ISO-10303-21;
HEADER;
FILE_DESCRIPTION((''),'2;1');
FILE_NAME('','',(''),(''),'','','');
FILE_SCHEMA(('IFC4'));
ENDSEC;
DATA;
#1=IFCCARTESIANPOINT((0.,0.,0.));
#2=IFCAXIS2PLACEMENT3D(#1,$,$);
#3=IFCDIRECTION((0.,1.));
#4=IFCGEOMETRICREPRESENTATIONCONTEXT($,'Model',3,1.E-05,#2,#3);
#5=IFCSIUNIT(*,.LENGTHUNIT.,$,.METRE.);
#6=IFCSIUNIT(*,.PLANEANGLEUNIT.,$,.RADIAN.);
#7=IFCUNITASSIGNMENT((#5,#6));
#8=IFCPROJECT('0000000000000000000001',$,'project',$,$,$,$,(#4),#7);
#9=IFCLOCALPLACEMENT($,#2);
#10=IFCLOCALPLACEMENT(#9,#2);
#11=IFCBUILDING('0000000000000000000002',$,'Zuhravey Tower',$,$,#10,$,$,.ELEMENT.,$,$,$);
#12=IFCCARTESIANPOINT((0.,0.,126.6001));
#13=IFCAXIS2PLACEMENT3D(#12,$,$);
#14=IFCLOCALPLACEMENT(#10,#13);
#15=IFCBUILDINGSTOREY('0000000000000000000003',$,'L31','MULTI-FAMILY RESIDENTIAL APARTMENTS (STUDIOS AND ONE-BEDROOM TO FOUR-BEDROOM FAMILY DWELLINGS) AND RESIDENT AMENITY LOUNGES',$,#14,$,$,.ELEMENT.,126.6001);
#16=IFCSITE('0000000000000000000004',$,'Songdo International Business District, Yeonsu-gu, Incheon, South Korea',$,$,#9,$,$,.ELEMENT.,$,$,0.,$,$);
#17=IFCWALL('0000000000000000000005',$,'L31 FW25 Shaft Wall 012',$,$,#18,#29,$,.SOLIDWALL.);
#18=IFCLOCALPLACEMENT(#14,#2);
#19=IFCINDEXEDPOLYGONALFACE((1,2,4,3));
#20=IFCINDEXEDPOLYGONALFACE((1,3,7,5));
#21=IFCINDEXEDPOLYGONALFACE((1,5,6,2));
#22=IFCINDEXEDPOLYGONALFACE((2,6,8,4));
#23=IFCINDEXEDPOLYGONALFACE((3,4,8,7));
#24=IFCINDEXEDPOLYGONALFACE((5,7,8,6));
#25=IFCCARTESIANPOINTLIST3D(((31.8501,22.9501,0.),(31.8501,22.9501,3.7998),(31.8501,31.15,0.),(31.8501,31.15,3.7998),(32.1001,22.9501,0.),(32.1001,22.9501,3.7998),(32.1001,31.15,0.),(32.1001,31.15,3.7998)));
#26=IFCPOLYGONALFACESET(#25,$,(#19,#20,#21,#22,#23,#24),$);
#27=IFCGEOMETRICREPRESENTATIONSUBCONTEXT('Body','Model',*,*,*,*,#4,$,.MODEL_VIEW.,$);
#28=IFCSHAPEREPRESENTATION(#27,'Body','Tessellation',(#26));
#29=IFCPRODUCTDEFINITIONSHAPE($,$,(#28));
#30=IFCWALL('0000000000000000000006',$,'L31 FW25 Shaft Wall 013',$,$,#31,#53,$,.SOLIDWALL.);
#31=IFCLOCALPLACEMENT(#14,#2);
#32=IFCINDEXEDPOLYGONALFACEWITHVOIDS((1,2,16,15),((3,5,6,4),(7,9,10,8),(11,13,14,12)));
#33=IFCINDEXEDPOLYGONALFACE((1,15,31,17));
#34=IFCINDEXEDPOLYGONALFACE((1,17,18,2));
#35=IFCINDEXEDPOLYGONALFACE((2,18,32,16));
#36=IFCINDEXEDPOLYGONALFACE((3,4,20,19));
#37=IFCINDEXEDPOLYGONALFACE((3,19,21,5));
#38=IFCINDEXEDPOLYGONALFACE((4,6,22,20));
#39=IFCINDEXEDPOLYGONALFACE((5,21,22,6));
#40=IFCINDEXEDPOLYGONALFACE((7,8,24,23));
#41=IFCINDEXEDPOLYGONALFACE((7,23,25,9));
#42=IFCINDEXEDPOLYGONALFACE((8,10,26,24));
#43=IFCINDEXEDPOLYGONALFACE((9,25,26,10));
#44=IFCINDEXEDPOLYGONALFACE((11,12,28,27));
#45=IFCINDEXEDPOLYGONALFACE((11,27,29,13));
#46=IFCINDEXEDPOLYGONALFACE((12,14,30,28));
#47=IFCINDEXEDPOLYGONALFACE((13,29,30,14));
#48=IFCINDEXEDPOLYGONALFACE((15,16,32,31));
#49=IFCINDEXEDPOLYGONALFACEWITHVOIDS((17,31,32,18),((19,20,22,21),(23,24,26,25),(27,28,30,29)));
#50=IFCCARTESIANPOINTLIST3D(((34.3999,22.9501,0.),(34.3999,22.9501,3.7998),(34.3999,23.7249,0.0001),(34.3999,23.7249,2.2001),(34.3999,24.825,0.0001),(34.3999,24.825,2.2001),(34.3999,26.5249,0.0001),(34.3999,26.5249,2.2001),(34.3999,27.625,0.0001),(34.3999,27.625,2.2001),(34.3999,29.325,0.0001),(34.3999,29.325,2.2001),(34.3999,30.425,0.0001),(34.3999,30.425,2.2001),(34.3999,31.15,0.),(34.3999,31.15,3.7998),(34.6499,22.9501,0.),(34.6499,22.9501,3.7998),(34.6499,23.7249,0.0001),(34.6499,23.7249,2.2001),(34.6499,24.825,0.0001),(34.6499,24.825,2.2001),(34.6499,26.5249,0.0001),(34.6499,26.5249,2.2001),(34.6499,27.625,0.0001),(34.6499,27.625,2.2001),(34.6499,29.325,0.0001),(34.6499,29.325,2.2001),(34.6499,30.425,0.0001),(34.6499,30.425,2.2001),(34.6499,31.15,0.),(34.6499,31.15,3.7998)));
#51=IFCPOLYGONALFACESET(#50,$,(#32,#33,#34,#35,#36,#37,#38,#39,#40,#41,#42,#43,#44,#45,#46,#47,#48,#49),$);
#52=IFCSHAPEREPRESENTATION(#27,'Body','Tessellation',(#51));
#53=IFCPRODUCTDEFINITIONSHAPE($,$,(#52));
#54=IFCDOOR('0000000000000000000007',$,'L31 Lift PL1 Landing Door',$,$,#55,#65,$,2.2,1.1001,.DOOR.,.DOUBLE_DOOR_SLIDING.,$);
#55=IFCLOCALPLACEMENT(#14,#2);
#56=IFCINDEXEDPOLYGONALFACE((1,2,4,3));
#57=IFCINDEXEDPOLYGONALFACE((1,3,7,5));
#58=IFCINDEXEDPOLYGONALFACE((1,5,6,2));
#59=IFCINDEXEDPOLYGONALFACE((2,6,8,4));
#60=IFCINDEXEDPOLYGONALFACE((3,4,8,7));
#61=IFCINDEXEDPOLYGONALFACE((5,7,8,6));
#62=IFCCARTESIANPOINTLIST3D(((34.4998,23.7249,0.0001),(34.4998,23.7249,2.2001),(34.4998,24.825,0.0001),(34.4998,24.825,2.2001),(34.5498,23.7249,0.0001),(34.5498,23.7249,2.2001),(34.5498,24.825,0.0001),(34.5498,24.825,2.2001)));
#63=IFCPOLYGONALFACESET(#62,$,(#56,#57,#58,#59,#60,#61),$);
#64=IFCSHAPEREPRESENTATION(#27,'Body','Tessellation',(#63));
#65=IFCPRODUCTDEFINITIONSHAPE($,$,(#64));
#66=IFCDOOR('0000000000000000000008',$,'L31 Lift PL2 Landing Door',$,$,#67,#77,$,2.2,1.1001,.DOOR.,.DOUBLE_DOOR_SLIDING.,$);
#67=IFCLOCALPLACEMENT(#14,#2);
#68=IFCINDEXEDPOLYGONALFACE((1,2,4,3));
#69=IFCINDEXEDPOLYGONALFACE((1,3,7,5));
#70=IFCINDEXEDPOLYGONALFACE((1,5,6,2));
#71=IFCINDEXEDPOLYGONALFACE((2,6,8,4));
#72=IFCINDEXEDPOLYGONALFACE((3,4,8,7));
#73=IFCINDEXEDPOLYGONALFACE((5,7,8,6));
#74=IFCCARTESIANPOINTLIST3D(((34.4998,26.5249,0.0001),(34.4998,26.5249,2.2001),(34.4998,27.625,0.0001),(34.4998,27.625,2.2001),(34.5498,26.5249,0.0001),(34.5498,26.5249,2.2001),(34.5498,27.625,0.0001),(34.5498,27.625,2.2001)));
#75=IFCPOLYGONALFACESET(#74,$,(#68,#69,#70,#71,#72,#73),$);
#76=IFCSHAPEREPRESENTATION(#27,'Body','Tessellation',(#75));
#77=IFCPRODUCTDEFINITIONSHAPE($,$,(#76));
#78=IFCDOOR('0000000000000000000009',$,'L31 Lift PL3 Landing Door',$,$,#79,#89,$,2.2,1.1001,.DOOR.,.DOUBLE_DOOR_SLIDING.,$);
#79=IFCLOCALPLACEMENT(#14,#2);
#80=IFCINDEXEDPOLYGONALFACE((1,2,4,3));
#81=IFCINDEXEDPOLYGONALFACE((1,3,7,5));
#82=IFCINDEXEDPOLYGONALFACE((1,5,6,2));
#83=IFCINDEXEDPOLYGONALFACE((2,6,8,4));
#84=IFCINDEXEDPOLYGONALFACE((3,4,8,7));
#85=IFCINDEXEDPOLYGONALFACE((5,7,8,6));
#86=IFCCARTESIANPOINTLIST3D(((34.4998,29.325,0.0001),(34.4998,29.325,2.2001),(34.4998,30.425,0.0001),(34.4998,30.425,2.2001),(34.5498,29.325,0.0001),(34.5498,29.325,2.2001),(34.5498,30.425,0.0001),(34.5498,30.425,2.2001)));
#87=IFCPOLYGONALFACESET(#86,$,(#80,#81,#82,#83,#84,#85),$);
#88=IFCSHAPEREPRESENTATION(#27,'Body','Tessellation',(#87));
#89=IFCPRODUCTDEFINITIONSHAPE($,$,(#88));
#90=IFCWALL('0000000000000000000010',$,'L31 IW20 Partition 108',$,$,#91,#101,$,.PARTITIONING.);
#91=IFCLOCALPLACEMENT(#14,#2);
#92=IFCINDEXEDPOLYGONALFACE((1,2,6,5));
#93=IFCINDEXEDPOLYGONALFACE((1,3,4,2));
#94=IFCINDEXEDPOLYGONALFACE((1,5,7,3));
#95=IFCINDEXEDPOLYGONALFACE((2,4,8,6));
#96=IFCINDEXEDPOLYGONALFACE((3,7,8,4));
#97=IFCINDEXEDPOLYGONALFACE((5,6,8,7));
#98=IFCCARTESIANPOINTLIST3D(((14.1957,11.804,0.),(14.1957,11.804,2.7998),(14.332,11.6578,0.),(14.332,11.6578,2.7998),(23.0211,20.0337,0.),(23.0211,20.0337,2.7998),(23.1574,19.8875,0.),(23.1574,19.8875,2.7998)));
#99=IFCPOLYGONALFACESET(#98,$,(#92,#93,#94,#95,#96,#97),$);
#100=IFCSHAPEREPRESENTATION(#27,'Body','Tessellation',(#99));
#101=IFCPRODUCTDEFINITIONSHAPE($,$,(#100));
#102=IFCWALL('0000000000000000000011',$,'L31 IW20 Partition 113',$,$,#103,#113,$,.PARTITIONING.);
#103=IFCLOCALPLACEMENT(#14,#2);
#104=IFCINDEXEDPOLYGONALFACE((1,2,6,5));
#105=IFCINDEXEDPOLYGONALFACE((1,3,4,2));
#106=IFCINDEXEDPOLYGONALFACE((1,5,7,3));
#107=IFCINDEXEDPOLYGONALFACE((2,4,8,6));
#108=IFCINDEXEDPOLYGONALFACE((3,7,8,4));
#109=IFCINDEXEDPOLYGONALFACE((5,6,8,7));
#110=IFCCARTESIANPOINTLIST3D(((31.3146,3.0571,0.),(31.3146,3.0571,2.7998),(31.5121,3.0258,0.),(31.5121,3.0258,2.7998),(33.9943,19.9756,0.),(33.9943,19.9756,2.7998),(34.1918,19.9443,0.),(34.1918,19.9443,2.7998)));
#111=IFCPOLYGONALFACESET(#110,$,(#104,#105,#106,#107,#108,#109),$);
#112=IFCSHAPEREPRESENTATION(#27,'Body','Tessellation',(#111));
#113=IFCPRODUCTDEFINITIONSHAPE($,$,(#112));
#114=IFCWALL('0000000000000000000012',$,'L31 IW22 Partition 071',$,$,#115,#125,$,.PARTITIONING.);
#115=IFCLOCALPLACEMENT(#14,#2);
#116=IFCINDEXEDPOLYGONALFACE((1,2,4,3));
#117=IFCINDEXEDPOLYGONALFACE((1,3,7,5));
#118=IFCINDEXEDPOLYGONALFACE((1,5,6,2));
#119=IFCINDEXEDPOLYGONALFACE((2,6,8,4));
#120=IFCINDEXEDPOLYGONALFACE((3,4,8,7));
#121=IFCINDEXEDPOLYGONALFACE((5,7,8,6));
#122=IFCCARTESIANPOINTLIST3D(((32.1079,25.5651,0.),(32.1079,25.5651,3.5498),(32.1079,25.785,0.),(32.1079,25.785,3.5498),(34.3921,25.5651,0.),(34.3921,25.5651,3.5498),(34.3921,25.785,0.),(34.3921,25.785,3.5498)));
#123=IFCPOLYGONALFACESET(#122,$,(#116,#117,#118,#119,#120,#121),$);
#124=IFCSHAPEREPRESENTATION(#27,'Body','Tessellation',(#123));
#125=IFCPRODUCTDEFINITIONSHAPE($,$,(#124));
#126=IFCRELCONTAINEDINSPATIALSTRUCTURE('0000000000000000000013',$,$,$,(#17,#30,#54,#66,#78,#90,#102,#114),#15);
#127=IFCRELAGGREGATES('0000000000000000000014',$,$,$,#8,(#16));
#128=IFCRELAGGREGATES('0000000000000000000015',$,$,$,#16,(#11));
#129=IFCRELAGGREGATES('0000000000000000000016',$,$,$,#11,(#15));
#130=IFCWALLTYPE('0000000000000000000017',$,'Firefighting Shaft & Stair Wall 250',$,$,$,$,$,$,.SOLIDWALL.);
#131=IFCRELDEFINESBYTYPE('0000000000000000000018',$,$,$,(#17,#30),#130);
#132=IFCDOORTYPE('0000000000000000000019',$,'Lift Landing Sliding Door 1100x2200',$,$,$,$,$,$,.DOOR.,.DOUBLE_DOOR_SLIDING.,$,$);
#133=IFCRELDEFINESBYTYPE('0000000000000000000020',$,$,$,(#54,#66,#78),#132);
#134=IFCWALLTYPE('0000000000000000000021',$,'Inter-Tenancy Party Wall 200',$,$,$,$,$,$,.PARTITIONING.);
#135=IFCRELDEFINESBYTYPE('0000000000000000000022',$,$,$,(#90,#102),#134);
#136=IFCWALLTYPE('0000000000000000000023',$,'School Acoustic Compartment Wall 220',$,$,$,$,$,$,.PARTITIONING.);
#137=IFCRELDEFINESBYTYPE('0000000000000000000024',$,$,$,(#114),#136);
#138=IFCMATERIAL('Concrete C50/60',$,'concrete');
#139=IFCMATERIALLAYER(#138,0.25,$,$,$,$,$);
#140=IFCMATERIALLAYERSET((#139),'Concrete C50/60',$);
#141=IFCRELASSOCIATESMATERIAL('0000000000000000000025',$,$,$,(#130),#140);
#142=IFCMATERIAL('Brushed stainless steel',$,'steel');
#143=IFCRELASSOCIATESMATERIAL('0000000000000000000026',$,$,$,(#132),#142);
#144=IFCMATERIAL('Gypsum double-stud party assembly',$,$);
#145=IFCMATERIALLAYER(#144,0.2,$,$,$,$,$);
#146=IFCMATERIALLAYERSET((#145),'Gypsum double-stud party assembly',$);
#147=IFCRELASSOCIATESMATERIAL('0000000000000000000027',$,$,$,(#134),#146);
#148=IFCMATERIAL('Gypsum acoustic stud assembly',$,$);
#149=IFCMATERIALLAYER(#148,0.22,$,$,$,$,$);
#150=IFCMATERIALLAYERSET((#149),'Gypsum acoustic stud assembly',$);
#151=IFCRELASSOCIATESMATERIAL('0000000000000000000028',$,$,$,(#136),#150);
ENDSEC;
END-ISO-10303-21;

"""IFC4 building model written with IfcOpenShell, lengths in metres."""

from ifc_helpers import new_model, si_unit, direction, frame, frame_2d, origin, place, context, subcontext, project, spatial, rectangle, extrude, material, layer, layer_set, type_object, element, fill, save


model = new_model("IFC4")

# Units and contexts
model_context = context("Model", 3, precision=1e-05, world=origin(), true_north=direction((0.0, 1.0)))
body_context = subcontext(model_context, "Body", "Model", "MODEL_VIEW")
ifc_project = project(units=[si_unit("LENGTHUNIT", "METRE"), si_unit("PLANEANGLEUNIT", "RADIAN")], contexts=[model_context])

# Site, building, storey
site_placement = place(None, origin())
site = spatial("IfcSite", under=ifc_project, at=site_placement, Name="Songdo International Business District, Yeonsu-gu, Incheon, South Korea", CompositionType="ELEMENT", RefElevation=0.0)
building_placement = place(site_placement, origin())
building = spatial("IfcBuilding", under=site, at=building_placement, Name="Zuhravey Tower", CompositionType="ELEMENT")
storey_placement = place(building_placement, frame((0.0, 0.0, 126.6001)))
storey = spatial("IfcBuildingStorey", under=building, at=storey_placement, Name="L31", Description="MULTI-FAMILY RESIDENTIAL APARTMENTS (STUDIOS AND ONE-BEDROOM TO FOUR-BEDROOM FAMILY DWELLINGS) AND RESIDENT AMENITY LOUNGES", CompositionType="ELEMENT", Elevation=126.6001)

# Shared definitions
ifc_material_1 = material(Name="Concrete C50/60", Category="concrete")
ifc_layer_1 = layer(ifc_material_1, 0.25)
ifc_layer_set_1 = layer_set([ifc_layer_1], Name="Concrete C50/60")
wall_type_1 = type_object("IfcWallType", Name="Firefighting Shaft & Stair Wall 250", PredefinedType="SOLIDWALL", material=ifc_layer_set_1)

# Shared definitions
ifc_material_2 = material(Name="Brushed stainless steel", Category="steel")

# Wall
wall_1_placement = place(storey_placement, frame((31.9751, 22.95, 0.0), z_axis=(0.0, 0.0, 1.0), x_axis=(0.0, 1.0, 0.0)))
element("IfcWall", 1, at=wall_1_placement, inside=storey, type_object=wall_type_1, Name="L31 FW25 Shaft Wall 012", PredefinedType="SOLIDWALL", context=body_context, shape_type="SweptSolid", body=[
    extrude(rectangle(XDim=8.2, YDim=0.25, at=frame_2d((4.1001, 0.0))), origin(), (0.0, 0.0, 1.0), 3.7998),
])

# Wall, openings, doors
wall_2_placement = place(storey_placement, frame((34.5249, 22.95, 0.0), z_axis=(0.0, 0.0, 1.0), x_axis=(0.0, 1.0, 0.0)))
wall_2 = element("IfcWall", 2, at=wall_2_placement, inside=storey, type_object=wall_type_1, Name="L31 FW25 Shaft Wall 013", PredefinedType="SOLIDWALL", context=body_context, shape_type="SweptSolid", body=[
    extrude(rectangle(XDim=8.2, YDim=0.25, at=frame_2d((4.1001, 0.0))), origin(), (0.0, 0.0, 1.0), 3.7998),
])
opening_1_placement = place(wall_2_placement, frame((0.7749, 0.0, 0.0)))
opening_1 = element("IfcOpeningElement", 3, at=opening_1_placement, cuts=wall_2, PredefinedType="OPENING", context=body_context, shape_type="SweptSolid", body=[
    extrude(rectangle(XDim=1.1001, YDim=2.2, at=frame_2d((0.55, 1.1001))), frame((0.0, 0.137, 0.0), z_axis=(0.0, -1.0, 0.0), x_axis=(1.0, 0.0, 0.0)), (0.0, 0.0, 1.0), 0.2739),
])
opening_2_placement = place(wall_2_placement, frame((3.575, 0.0, 0.0)))
opening_2 = element("IfcOpeningElement", 4, at=opening_2_placement, cuts=wall_2, PredefinedType="OPENING", context=body_context, shape_type="SweptSolid", body=[
    extrude(rectangle(XDim=1.1001, YDim=2.2, at=frame_2d((0.55, 1.1001))), frame((0.0, 0.137, 0.0), z_axis=(0.0, -1.0, 0.0), x_axis=(1.0, 0.0, 0.0)), (0.0, 0.0, 1.0), 0.2739),
])
opening_3_placement = place(wall_2_placement, frame((6.375, 0.0, 0.0)))
opening_3 = element("IfcOpeningElement", 5, at=opening_3_placement, cuts=wall_2, PredefinedType="OPENING", context=body_context, shape_type="SweptSolid", body=[
    extrude(rectangle(XDim=1.1001, YDim=2.2, at=frame_2d((0.55, 1.1001))), frame((0.0, 0.137, 0.0), z_axis=(0.0, -1.0, 0.0), x_axis=(1.0, 0.0, 0.0)), (0.0, 0.0, 1.0), 0.2739),
])
door_type_1 = type_object("IfcDoorType", Name="Lift Landing Sliding Door 1100x2200", OperationType="DOUBLE_DOOR_SLIDING", PredefinedType="DOOR", material=ifc_material_2)
door_1_placement = place(opening_1_placement, frame((1.1001, 0.0, 0.0), z_axis=(0.0, 0.0, 1.0), x_axis=(-1.0, 0.0, 0.0)))
door_1 = element("IfcDoor", 6, at=door_1_placement, inside=storey, type_object=door_type_1, Name="L31 Lift PL1 Landing Door", OperationType="DOUBLE_DOOR_SLIDING", OverallHeight=2.2, OverallWidth=1.1001, PredefinedType="DOOR", context=body_context, shape_type="SweptSolid", body=[
    extrude(rectangle(XDim=1.1001, YDim=2.2, at=frame_2d((0.55, 1.1001))), frame((0.0, 0.0249, 0.0), z_axis=(0.0, -1.0, 0.0), x_axis=(1.0, 0.0, 0.0)), (0.0, 0.0, 1.0), 0.05),
])
fill(opening_1, door_1)
door_2_placement = place(opening_2_placement, frame((1.1001, 0.0, 0.0), z_axis=(0.0, 0.0, 1.0), x_axis=(-1.0, 0.0, 0.0)))
door_2 = element("IfcDoor", 7, at=door_2_placement, inside=storey, type_object=door_type_1, Name="L31 Lift PL2 Landing Door", OperationType="DOUBLE_DOOR_SLIDING", OverallHeight=2.2, OverallWidth=1.1001, PredefinedType="DOOR", context=body_context, shape_type="SweptSolid", body=[
    extrude(rectangle(XDim=1.1001, YDim=2.2, at=frame_2d((0.55, 1.1001))), frame((0.0, 0.0249, 0.0), z_axis=(0.0, -1.0, 0.0), x_axis=(1.0, 0.0, 0.0)), (0.0, 0.0, 1.0), 0.05),
])
fill(opening_2, door_2)
door_3_placement = place(opening_3_placement, frame((1.1001, 0.0, 0.0), z_axis=(0.0, 0.0, 1.0), x_axis=(-1.0, 0.0, 0.0)))
door_3 = element("IfcDoor", 8, at=door_3_placement, inside=storey, type_object=door_type_1, Name="L31 Lift PL3 Landing Door", OperationType="DOUBLE_DOOR_SLIDING", OverallHeight=2.2, OverallWidth=1.1001, PredefinedType="DOOR", context=body_context, shape_type="SweptSolid", body=[
    extrude(rectangle(XDim=1.1001, YDim=2.2, at=frame_2d((0.55, 1.1001))), frame((0.0, 0.0249, 0.0), z_axis=(0.0, -1.0, 0.0), x_axis=(1.0, 0.0, 0.0)), (0.0, 0.0, 1.0), 0.05),
])
fill(opening_3, door_3)

# Walls
ifc_material_3 = material(Name="Gypsum double-stud party assembly")
ifc_layer_2 = layer(ifc_material_3, 0.2)
ifc_layer_set_2 = layer_set([ifc_layer_2], Name="Gypsum double-stud party assembly")
wall_type_2 = type_object("IfcWallType", Name="Inter-Tenancy Party Wall 200", PredefinedType="PARTITIONING", material=ifc_layer_set_2)
wall_3_placement = place(storey_placement, frame((23.0894, 19.9607, 0.0), z_axis=(0.0, 0.0, 1.0), x_axis=(-0.731359, -0.681993, 0.0)))
element("IfcWall", 9, at=wall_3_placement, inside=storey, type_object=wall_type_2, Name="L31 IW20 Partition 108", PredefinedType="PARTITIONING", context=body_context, shape_type="SweptSolid", body=[
    extrude(rectangle(XDim=12.0671, YDim=0.2, at=frame_2d((6.0337, 0.0))), origin(), (0.0, 0.0, 1.0), 2.7998),
])
wall_4_placement = place(storey_placement, frame((34.093, 19.96, 0.0), z_axis=(0.0, 0.0, 1.0), x_axis=(-0.156438, -0.987688, 0.0)))
element("IfcWall", 10, at=wall_4_placement, inside=storey, type_object=wall_type_2, Name="L31 IW20 Partition 113", PredefinedType="PARTITIONING", context=body_context, shape_type="SweptSolid", body=[
    extrude(rectangle(XDim=17.1294, YDim=0.2, at=frame_2d((8.5647, 0.0))), origin(), (0.0, 0.0, 1.0), 2.7998),
])
ifc_material_4 = material(Name="Gypsum acoustic stud assembly")
ifc_layer_3 = layer(ifc_material_4, 0.22)
ifc_layer_set_3 = layer_set([ifc_layer_3], Name="Gypsum acoustic stud assembly")
wall_type_3 = type_object("IfcWallType", Name="School Acoustic Compartment Wall 220", PredefinedType="PARTITIONING", material=ifc_layer_set_3)
wall_5_placement = place(storey_placement, frame((32.1079, 25.675, 0.0), z_axis=(0.0, 0.0, 1.0), x_axis=(1.0, 0.0, 0.0)))
element("IfcWall", 11, at=wall_5_placement, inside=storey, type_object=wall_type_3, Name="L31 IW22 Partition 071", PredefinedType="PARTITIONING", context=body_context, shape_type="SweptSolid", body=[
    extrude(rectangle(XDim=2.2842, YDim=0.22, at=frame_2d((1.1421, 0.0))), origin(), (0.0, 0.0, 1.0), 3.5498),
])

save(model, "model.ifc")
